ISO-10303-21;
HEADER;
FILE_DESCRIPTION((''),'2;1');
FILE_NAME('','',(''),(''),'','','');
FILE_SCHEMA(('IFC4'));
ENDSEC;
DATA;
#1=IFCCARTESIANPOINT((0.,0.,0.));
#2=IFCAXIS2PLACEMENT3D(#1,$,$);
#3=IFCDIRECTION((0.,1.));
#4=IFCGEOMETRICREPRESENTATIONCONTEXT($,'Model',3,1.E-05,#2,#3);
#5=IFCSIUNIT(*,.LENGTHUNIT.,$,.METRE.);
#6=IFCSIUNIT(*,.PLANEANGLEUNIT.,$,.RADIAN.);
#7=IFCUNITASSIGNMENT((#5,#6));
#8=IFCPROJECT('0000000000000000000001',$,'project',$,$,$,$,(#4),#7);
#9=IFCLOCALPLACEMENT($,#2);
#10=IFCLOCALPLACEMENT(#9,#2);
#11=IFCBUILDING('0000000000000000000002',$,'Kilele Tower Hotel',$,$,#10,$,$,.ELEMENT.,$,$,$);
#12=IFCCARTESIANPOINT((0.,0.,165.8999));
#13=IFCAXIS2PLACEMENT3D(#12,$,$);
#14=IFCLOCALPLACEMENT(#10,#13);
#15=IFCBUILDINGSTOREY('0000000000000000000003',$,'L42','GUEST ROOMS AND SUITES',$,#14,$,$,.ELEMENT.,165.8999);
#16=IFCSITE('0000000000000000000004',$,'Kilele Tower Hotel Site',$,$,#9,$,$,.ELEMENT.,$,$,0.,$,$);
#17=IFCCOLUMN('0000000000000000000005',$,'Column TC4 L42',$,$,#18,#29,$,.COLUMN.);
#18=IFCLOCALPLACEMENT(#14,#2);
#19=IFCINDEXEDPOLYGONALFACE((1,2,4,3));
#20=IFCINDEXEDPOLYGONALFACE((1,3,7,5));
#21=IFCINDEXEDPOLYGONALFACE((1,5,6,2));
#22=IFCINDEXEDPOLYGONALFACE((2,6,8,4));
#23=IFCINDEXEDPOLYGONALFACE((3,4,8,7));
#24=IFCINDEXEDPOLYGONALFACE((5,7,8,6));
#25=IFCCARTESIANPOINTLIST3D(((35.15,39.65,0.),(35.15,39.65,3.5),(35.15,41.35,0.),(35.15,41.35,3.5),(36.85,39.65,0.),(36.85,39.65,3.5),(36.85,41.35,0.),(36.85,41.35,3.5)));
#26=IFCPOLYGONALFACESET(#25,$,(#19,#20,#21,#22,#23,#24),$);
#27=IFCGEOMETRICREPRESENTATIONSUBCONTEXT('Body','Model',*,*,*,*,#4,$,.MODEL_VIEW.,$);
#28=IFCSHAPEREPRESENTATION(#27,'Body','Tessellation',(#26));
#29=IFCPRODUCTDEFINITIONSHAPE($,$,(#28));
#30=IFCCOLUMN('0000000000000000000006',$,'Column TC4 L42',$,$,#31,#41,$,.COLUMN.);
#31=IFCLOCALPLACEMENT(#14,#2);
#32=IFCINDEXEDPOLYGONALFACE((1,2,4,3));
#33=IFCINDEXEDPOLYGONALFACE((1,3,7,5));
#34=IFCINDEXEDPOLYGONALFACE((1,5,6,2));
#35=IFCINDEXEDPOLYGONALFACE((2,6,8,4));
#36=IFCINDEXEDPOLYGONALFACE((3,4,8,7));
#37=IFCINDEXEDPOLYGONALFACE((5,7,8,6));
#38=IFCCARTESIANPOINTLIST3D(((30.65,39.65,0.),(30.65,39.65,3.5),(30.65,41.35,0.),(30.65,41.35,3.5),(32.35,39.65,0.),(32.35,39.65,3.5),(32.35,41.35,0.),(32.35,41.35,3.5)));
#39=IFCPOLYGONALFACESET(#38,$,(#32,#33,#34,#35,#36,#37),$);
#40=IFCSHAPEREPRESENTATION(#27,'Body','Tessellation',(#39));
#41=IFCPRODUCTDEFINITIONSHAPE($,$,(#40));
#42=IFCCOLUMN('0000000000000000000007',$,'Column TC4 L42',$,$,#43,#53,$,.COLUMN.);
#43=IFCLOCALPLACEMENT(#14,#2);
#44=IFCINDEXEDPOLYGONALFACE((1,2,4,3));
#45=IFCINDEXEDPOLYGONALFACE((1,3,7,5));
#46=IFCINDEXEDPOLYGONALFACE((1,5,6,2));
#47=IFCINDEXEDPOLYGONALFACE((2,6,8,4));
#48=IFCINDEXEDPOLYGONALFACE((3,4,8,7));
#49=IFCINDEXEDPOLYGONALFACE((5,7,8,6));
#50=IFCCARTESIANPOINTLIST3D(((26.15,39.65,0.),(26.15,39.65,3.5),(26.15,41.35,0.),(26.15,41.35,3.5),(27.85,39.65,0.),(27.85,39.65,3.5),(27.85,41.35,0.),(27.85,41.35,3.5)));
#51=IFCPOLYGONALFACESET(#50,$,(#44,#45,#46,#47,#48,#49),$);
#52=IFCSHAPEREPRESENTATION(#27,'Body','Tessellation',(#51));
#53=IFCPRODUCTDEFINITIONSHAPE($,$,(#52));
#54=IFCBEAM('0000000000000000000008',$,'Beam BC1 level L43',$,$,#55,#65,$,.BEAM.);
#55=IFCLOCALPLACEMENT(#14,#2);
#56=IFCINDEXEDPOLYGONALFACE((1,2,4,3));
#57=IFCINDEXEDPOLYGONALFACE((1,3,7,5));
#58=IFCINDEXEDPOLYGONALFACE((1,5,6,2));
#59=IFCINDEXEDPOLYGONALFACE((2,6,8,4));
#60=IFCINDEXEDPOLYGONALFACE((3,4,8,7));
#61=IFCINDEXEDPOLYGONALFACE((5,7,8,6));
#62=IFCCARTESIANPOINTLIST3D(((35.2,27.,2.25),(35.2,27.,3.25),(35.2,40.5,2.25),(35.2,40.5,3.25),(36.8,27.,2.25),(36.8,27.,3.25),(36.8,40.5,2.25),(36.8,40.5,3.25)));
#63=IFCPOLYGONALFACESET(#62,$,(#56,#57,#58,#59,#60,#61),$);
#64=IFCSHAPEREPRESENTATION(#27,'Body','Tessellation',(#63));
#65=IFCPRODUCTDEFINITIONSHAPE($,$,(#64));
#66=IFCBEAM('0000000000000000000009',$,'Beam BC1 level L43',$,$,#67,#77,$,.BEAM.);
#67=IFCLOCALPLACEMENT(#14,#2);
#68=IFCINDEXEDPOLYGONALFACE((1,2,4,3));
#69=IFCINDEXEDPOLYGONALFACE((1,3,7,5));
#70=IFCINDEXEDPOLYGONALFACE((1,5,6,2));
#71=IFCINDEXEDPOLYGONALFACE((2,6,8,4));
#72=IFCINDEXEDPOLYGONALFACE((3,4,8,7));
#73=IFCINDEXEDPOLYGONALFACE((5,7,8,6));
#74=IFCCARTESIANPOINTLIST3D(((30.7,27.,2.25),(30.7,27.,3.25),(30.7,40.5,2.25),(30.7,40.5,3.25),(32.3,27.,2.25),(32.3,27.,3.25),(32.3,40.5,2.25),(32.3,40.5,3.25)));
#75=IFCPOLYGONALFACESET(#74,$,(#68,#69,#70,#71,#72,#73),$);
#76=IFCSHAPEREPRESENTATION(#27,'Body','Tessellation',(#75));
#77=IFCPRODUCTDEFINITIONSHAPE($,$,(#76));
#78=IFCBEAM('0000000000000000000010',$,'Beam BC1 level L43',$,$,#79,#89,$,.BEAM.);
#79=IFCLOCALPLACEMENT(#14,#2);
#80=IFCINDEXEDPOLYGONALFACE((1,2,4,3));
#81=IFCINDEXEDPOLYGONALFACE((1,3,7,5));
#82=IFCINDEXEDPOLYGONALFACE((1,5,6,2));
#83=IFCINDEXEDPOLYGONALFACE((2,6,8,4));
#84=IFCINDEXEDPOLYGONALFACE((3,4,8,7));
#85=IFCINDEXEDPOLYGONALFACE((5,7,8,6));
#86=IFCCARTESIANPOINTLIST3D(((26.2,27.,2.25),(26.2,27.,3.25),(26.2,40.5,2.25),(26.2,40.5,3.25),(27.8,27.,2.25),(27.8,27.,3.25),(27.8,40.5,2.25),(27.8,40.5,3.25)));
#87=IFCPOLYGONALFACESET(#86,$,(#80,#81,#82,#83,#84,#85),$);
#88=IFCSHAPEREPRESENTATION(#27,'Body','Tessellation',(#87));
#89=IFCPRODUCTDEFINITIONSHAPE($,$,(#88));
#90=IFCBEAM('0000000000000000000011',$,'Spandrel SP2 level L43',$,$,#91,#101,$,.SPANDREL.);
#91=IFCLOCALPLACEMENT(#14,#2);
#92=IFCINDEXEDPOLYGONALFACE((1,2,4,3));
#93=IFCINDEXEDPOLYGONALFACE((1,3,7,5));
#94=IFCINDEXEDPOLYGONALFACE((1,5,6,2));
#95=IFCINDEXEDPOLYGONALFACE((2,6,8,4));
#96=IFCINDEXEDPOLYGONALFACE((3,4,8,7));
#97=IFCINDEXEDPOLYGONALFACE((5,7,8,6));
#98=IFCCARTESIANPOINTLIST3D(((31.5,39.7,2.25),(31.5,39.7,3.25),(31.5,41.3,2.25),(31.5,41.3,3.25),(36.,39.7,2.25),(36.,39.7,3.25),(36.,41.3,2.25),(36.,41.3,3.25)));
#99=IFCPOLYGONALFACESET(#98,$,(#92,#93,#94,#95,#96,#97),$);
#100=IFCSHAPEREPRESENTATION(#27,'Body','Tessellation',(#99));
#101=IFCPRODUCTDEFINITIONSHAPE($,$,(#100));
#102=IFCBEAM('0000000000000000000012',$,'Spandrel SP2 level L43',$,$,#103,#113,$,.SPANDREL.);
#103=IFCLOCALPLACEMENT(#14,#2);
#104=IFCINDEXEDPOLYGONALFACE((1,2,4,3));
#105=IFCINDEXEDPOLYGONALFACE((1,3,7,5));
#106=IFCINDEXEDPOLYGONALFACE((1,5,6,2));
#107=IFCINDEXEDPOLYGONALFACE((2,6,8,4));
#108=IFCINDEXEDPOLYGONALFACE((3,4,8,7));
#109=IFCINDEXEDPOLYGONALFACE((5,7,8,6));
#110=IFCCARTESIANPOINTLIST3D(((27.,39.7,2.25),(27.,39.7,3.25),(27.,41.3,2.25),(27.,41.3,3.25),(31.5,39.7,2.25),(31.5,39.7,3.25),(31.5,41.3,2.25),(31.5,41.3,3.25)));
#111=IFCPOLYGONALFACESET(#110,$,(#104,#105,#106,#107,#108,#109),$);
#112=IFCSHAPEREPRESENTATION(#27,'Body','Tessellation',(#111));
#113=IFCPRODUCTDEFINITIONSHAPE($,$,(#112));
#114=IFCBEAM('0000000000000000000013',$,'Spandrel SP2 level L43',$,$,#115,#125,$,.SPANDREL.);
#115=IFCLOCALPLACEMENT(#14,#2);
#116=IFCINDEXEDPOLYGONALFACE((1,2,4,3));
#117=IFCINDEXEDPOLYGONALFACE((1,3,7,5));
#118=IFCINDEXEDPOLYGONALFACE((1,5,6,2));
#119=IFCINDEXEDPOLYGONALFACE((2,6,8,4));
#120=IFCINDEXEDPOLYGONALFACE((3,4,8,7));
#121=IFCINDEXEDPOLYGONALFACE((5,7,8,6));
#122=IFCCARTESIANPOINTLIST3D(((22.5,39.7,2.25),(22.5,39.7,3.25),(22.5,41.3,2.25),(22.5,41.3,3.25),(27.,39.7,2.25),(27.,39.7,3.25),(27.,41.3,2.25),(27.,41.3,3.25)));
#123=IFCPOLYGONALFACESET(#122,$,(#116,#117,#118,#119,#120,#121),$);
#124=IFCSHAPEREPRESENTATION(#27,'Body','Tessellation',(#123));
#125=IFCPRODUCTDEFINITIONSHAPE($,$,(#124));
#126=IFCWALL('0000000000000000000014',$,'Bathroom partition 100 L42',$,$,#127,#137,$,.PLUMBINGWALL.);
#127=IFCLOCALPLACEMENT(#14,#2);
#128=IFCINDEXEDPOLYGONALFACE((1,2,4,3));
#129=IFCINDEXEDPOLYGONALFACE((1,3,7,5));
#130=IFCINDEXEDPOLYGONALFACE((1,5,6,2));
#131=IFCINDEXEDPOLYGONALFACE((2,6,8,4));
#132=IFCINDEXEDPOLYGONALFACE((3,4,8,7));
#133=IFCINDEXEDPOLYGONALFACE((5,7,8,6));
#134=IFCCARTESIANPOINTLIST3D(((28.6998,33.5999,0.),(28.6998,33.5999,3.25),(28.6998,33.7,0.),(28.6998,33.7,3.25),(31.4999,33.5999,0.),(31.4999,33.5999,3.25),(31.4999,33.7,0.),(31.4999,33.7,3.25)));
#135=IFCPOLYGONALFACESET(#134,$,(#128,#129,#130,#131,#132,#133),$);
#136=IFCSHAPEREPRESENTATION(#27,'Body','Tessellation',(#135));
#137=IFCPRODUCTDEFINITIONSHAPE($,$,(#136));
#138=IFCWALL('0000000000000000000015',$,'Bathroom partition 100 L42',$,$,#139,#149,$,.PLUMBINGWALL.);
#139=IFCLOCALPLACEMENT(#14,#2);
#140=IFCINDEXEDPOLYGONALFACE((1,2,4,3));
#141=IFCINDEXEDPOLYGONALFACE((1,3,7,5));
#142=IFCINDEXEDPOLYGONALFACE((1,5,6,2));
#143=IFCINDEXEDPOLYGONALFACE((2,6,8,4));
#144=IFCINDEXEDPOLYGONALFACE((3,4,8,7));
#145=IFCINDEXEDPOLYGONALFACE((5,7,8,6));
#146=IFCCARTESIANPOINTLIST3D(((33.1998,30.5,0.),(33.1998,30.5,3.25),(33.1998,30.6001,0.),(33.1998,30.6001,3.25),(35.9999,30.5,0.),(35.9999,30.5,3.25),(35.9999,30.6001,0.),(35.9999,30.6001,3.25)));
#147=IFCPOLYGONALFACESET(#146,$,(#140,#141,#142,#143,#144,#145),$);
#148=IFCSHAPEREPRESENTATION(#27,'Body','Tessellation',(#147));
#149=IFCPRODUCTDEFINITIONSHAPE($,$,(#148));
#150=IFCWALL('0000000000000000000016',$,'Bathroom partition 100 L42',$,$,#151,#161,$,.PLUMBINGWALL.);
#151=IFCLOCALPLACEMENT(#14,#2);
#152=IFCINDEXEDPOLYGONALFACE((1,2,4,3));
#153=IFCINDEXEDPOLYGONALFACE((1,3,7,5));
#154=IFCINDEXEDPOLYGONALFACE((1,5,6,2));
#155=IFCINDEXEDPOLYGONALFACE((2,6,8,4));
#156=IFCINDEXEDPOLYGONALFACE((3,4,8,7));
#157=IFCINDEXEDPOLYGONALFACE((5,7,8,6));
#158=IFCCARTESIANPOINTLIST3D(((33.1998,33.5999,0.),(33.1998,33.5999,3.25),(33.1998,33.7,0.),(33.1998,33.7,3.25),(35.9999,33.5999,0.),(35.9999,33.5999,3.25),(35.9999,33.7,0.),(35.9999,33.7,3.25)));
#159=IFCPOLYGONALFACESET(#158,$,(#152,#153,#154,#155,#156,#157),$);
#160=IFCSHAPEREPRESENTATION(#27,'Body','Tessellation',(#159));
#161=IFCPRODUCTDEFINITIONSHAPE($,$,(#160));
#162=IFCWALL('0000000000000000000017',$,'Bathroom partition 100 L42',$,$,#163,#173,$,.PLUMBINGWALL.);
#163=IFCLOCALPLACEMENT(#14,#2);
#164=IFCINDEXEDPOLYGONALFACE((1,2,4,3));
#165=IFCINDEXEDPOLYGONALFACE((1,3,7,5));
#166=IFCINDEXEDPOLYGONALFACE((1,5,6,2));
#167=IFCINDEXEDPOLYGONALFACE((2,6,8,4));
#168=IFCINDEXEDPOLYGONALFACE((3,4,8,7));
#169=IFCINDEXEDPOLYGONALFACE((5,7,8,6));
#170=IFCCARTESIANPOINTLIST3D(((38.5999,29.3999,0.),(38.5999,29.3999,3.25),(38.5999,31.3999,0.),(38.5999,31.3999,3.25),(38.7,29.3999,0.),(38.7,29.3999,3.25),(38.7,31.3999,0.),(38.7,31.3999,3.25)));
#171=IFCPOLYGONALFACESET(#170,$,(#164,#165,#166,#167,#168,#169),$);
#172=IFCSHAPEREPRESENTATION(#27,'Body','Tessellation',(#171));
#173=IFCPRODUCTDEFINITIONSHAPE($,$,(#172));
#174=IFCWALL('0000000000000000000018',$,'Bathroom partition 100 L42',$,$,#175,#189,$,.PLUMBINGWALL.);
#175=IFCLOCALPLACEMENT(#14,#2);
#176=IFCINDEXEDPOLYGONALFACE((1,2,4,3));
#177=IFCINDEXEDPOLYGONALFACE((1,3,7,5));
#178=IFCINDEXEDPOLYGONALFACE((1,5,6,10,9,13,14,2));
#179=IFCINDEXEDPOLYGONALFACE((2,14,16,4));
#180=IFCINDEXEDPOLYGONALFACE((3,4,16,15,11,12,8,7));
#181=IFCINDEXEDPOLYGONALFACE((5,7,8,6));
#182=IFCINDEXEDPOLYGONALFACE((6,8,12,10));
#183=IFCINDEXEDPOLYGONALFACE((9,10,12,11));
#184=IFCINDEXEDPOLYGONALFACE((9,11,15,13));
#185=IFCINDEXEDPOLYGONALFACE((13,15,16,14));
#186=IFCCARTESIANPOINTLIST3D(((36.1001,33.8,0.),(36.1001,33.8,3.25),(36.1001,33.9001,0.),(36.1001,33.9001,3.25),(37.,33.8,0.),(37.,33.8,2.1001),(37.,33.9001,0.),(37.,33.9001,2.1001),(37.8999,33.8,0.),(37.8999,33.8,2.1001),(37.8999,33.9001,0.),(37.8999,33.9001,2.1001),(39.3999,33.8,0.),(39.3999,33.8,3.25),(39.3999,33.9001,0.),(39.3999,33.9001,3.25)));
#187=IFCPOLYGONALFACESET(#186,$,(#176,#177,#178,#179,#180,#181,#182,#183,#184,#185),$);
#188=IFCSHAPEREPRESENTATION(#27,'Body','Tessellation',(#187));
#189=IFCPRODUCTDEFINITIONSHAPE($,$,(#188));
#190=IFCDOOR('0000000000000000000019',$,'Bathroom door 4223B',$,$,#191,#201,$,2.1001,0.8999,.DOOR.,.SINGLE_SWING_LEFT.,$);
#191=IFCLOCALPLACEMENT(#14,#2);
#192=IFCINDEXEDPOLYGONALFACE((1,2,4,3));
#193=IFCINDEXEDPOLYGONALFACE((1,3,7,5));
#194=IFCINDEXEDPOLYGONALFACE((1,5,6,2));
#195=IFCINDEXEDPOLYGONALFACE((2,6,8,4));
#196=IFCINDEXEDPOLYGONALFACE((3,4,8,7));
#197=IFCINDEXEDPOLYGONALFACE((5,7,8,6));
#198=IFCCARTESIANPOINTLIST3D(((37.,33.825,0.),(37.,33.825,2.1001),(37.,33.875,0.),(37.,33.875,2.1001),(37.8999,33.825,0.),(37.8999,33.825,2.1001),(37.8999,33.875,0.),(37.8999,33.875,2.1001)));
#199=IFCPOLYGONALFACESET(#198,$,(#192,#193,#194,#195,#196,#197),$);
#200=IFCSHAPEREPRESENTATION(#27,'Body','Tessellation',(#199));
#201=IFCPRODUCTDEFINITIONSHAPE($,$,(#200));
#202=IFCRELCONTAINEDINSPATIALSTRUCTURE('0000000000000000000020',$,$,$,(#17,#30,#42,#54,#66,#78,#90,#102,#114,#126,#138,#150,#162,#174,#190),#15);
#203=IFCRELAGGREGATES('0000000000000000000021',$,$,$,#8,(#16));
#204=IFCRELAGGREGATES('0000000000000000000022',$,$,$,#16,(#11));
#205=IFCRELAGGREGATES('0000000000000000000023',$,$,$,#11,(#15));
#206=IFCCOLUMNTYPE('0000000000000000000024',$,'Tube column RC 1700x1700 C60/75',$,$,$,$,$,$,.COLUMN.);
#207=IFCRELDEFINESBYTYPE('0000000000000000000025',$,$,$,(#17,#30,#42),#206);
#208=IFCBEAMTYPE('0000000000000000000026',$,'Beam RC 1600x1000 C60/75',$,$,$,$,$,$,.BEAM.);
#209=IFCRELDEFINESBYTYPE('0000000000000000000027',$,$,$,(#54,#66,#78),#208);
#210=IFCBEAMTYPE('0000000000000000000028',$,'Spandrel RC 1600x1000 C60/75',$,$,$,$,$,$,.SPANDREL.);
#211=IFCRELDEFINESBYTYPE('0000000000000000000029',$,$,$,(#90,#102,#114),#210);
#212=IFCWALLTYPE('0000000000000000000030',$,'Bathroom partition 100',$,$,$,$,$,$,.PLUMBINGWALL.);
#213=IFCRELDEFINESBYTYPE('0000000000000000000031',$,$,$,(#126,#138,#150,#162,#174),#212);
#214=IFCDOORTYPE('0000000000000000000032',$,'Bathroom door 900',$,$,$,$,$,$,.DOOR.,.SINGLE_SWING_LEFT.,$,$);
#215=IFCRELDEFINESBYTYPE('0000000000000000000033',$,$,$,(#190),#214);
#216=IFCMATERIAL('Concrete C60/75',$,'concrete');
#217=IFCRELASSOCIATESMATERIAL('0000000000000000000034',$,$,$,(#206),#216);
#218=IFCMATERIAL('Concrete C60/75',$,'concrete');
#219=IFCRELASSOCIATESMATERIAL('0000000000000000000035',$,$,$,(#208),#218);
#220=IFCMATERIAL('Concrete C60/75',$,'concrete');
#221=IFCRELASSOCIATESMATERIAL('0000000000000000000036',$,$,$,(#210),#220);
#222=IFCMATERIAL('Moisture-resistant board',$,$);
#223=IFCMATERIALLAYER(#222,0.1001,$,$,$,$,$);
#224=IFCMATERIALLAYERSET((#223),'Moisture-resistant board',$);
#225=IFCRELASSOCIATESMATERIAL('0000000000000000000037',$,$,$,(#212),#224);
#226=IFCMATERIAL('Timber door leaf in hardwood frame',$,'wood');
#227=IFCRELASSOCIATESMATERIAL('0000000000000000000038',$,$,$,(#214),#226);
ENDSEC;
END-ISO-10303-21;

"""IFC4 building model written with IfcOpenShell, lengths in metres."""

from ifc_helpers import new_model, si_unit, direction, frame, frame_2d, origin, origin_2d, place, context, subcontext, project, spatial, rectangle, extrude, material, layer, layer_set, material_profile, profile_set, type_object, element, fill, save


model = new_model("IFC4")

# Units and contexts
model_context = context("Model", 3, precision=1e-05, world=origin(), true_north=direction((0.0, 1.0)))
body_context = subcontext(model_context, "Body", "Model", "MODEL_VIEW")
ifc_project = project(units=[si_unit("LENGTHUNIT", "METRE"), si_unit("PLANEANGLEUNIT", "RADIAN")], contexts=[model_context])

# Site, building, storey
site_placement = place(None, origin())
site = spatial("IfcSite", under=ifc_project, at=site_placement, Name="Kilele Tower Hotel Site", CompositionType="ELEMENT", RefElevation=0.0)
building_placement = place(site_placement, origin())
building = spatial("IfcBuilding", under=site, at=building_placement, Name="Kilele Tower Hotel", CompositionType="ELEMENT")
storey_placement = place(building_placement, frame((0.0, 0.0, 165.8999)))
storey = spatial("IfcBuildingStorey", under=building, at=storey_placement, Name="L42", Description="GUEST ROOMS AND SUITES", CompositionType="ELEMENT", Elevation=165.8999)

# Columns
ifc_material_1 = material(Name="Concrete C60/75", Category="concrete")
ifc_material_profile_1 = material_profile(ifc_material_1, rectangle(XDim=1.7, YDim=1.7, at=origin_2d()))
ifc_profile_set_1 = profile_set([ifc_material_profile_1], Name="Concrete C60/75")
column_type = type_object("IfcColumnType", Name="Tube column RC 1700x1700 C60/75", PredefinedType="COLUMN", material=ifc_profile_set_1)
for number, where, z_axis, x_axis, name in (
    (1, (36.0, 40.5, 0.0), (0.0, 0.0, 1.0), (1.0, 0.0, 0.0), "Column TC4 L42"),
    (2, (31.5, 40.5, 0.0), (0.0, 0.0, 1.0), (1.0, 0.0, 0.0), "Column TC4 L42"),
    (3, (27.0, 40.5, 0.0), (0.0, 0.0, 1.0), (1.0, 0.0, 0.0), "Column TC4 L42"),
):
    element("IfcColumn", number, at=place(storey_placement, frame(where, z_axis=z_axis, x_axis=x_axis)), inside=storey, type_object=column_type, Name=name, PredefinedType="COLUMN", context=body_context, shape_type="SweptSolid", body=[
        extrude(rectangle(XDim=1.7, YDim=1.7, at=origin_2d()), origin(), (0.0, 0.0, 1.0), 3.5),
    ])

# Beams
ifc_material_2 = material(Name="Concrete C60/75", Category="concrete")
ifc_material_profile_2 = material_profile(ifc_material_2, rectangle(XDim=1.6001, YDim=1.0, at=origin_2d()))
ifc_profile_set_2 = profile_set([ifc_material_profile_2], Name="Concrete C60/75")
beam_type_1 = type_object("IfcBeamType", Name="Beam RC 1600x1000 C60/75", PredefinedType="BEAM", material=ifc_profile_set_2)
for number, where, z_axis, x_axis, name in (
    (4, (36.0, 40.5, 2.75), (0.0, -1.0, 0.0), (1.0, 0.0, 0.0), "Beam BC1 level L43"),
    (5, (31.5, 40.5, 2.75), (0.0, -1.0, 0.0), (1.0, 0.0, 0.0), "Beam BC1 level L43"),
    (6, (27.0, 40.5, 2.75), (0.0, -1.0, 0.0), (1.0, 0.0, 0.0), "Beam BC1 level L43"),
):
    element("IfcBeam", number, at=place(storey_placement, frame(where, z_axis=z_axis, x_axis=x_axis)), inside=storey, type_object=beam_type_1, Name=name, PredefinedType="BEAM", context=body_context, shape_type="SweptSolid", body=[
        extrude(rectangle(XDim=1.6001, YDim=1.0, at=origin_2d()), origin(), (0.0, 0.0, 1.0), 13.5),
    ])
ifc_material_3 = material(Name="Concrete C60/75", Category="concrete")
ifc_material_profile_3 = material_profile(ifc_material_3, rectangle(XDim=1.6001, YDim=1.0, at=origin_2d()))
ifc_profile_set_3 = profile_set([ifc_material_profile_3], Name="Concrete C60/75")
beam_type_2 = type_object("IfcBeamType", Name="Spandrel RC 1600x1000 C60/75", PredefinedType="SPANDREL", material=ifc_profile_set_3)
for number, where, z_axis, x_axis, name in (
    (7, (36.0, 40.5, 2.75), (-1.0, 0.0, 0.0), (0.0, -1.0, 0.0), "Spandrel SP2 level L43"),
    (8, (31.5, 40.5, 2.75), (-1.0, 0.0, 0.0), (0.0, -1.0, 0.0), "Spandrel SP2 level L43"),
    (9, (27.0, 40.5, 2.75), (-1.0, 0.0, 0.0), (0.0, -1.0, 0.0), "Spandrel SP2 level L43"),
):
    element("IfcBeam", number, at=place(storey_placement, frame(where, z_axis=z_axis, x_axis=x_axis)), inside=storey, type_object=beam_type_2, Name=name, PredefinedType="SPANDREL", context=body_context, shape_type="SweptSolid", body=[
        extrude(rectangle(XDim=1.6001, YDim=1.0, at=origin_2d()), origin(), (0.0, 0.0, 1.0), 4.5),
    ])

# Walls
ifc_material_4 = material(Name="Moisture-resistant board")
ifc_layer_1 = layer(ifc_material_4, 0.1001)
ifc_layer_set_1 = layer_set([ifc_layer_1], Name="Moisture-resistant board")
wall_type_1 = type_object("IfcWallType", Name="Bathroom partition 100", PredefinedType="PLUMBINGWALL", material=ifc_layer_set_1)
for number, where, z_axis, x_axis, name in (
    (10, (28.7, 33.6499, 0.0), (0.0, 0.0, 1.0), (1.0, 0.0, 0.0), "Bathroom partition 100 L42"),
    (11, (33.2, 30.55, 0.0), (0.0, 0.0, 1.0), (1.0, 0.0, 0.0), "Bathroom partition 100 L42"),
    (12, (33.2, 33.6499, 0.0), (0.0, 0.0, 1.0), (1.0, 0.0, 0.0), "Bathroom partition 100 L42"),
):
    element("IfcWall", number, at=place(storey_placement, frame(where, z_axis=z_axis, x_axis=x_axis)), inside=storey, type_object=wall_type_1, Name=name, PredefinedType="PLUMBINGWALL", context=body_context, shape_type="SweptSolid", body=[
        extrude(rectangle(XDim=2.8, YDim=0.1001, at=frame_2d((1.3999, 0.0))), origin(), (0.0, 0.0, 1.0), 3.25),
    ])
wall_1_placement = place(storey_placement, frame((38.6499, 31.3999, 0.0), z_axis=(0.0, 0.0, 1.0), x_axis=(0.0, -1.0, 0.0)))
element("IfcWall", 13, at=wall_1_placement, inside=storey, type_object=wall_type_1, Name="Bathroom partition 100 L42", PredefinedType="PLUMBINGWALL", context=body_context, shape_type="SweptSolid", body=[
    extrude(rectangle(XDim=2.0, YDim=0.1001, at=frame_2d((1.0, 0.0))), origin(), (0.0, 0.0, 1.0), 3.25),
])

# Wall, opening, door
wall_2_placement = place(storey_placement, frame((36.1001, 33.8501, 0.0), z_axis=(0.0, 0.0, 1.0), x_axis=(1.0, 0.0, 0.0)))
wall_2 = element("IfcWall", 14, at=wall_2_placement, inside=storey, type_object=wall_type_1, Name="Bathroom partition 100 L42", PredefinedType="PLUMBINGWALL", context=body_context, shape_type="SweptSolid", body=[
    extrude(rectangle(XDim=3.2998, YDim=0.1001, at=frame_2d((1.6499, 0.0))), origin(), (0.0, 0.0, 1.0), 3.25),
])
opening_1_placement = place(wall_2_placement, frame((0.8999, 0.0, 0.0)))
opening_1 = element("IfcOpeningElement", 15, at=opening_1_placement, cuts=wall_2, PredefinedType="OPENING", context=body_context, shape_type="SweptSolid", body=[
    extrude(rectangle(XDim=0.8999, YDim=2.1001, at=frame_2d((0.45, 1.05))), frame((0.0, 0.0601, 0.0), z_axis=(0.0, -1.0, 0.0), x_axis=(1.0, 0.0, 0.0)), (0.0, 0.0, 1.0), 0.1201),
])
ifc_material_5 = material(Name="Timber door leaf in hardwood frame", Category="wood")
door_type_1 = type_object("IfcDoorType", Name="Bathroom door 900", OperationType="SINGLE_SWING_LEFT", PredefinedType="DOOR", material=ifc_material_5)
door_1_placement = place(opening_1_placement, origin())
door_1 = element("IfcDoor", 16, at=door_1_placement, inside=storey, type_object=door_type_1, Name="Bathroom door 4223B", OperationType="SINGLE_SWING_LEFT", OverallHeight=2.1001, OverallWidth=0.8999, PredefinedType="DOOR", context=body_context, shape_type="SweptSolid", body=[
    extrude(rectangle(XDim=0.8999, YDim=2.1001, at=frame_2d((0.45, 1.05))), frame((0.0, 0.0249, 0.0), z_axis=(0.0, -1.0, 0.0), x_axis=(1.0, 0.0, 0.0)), (0.0, 0.0, 1.0), 0.05),
])
fill(opening_1, door_1)

save(model, "model.ifc")
